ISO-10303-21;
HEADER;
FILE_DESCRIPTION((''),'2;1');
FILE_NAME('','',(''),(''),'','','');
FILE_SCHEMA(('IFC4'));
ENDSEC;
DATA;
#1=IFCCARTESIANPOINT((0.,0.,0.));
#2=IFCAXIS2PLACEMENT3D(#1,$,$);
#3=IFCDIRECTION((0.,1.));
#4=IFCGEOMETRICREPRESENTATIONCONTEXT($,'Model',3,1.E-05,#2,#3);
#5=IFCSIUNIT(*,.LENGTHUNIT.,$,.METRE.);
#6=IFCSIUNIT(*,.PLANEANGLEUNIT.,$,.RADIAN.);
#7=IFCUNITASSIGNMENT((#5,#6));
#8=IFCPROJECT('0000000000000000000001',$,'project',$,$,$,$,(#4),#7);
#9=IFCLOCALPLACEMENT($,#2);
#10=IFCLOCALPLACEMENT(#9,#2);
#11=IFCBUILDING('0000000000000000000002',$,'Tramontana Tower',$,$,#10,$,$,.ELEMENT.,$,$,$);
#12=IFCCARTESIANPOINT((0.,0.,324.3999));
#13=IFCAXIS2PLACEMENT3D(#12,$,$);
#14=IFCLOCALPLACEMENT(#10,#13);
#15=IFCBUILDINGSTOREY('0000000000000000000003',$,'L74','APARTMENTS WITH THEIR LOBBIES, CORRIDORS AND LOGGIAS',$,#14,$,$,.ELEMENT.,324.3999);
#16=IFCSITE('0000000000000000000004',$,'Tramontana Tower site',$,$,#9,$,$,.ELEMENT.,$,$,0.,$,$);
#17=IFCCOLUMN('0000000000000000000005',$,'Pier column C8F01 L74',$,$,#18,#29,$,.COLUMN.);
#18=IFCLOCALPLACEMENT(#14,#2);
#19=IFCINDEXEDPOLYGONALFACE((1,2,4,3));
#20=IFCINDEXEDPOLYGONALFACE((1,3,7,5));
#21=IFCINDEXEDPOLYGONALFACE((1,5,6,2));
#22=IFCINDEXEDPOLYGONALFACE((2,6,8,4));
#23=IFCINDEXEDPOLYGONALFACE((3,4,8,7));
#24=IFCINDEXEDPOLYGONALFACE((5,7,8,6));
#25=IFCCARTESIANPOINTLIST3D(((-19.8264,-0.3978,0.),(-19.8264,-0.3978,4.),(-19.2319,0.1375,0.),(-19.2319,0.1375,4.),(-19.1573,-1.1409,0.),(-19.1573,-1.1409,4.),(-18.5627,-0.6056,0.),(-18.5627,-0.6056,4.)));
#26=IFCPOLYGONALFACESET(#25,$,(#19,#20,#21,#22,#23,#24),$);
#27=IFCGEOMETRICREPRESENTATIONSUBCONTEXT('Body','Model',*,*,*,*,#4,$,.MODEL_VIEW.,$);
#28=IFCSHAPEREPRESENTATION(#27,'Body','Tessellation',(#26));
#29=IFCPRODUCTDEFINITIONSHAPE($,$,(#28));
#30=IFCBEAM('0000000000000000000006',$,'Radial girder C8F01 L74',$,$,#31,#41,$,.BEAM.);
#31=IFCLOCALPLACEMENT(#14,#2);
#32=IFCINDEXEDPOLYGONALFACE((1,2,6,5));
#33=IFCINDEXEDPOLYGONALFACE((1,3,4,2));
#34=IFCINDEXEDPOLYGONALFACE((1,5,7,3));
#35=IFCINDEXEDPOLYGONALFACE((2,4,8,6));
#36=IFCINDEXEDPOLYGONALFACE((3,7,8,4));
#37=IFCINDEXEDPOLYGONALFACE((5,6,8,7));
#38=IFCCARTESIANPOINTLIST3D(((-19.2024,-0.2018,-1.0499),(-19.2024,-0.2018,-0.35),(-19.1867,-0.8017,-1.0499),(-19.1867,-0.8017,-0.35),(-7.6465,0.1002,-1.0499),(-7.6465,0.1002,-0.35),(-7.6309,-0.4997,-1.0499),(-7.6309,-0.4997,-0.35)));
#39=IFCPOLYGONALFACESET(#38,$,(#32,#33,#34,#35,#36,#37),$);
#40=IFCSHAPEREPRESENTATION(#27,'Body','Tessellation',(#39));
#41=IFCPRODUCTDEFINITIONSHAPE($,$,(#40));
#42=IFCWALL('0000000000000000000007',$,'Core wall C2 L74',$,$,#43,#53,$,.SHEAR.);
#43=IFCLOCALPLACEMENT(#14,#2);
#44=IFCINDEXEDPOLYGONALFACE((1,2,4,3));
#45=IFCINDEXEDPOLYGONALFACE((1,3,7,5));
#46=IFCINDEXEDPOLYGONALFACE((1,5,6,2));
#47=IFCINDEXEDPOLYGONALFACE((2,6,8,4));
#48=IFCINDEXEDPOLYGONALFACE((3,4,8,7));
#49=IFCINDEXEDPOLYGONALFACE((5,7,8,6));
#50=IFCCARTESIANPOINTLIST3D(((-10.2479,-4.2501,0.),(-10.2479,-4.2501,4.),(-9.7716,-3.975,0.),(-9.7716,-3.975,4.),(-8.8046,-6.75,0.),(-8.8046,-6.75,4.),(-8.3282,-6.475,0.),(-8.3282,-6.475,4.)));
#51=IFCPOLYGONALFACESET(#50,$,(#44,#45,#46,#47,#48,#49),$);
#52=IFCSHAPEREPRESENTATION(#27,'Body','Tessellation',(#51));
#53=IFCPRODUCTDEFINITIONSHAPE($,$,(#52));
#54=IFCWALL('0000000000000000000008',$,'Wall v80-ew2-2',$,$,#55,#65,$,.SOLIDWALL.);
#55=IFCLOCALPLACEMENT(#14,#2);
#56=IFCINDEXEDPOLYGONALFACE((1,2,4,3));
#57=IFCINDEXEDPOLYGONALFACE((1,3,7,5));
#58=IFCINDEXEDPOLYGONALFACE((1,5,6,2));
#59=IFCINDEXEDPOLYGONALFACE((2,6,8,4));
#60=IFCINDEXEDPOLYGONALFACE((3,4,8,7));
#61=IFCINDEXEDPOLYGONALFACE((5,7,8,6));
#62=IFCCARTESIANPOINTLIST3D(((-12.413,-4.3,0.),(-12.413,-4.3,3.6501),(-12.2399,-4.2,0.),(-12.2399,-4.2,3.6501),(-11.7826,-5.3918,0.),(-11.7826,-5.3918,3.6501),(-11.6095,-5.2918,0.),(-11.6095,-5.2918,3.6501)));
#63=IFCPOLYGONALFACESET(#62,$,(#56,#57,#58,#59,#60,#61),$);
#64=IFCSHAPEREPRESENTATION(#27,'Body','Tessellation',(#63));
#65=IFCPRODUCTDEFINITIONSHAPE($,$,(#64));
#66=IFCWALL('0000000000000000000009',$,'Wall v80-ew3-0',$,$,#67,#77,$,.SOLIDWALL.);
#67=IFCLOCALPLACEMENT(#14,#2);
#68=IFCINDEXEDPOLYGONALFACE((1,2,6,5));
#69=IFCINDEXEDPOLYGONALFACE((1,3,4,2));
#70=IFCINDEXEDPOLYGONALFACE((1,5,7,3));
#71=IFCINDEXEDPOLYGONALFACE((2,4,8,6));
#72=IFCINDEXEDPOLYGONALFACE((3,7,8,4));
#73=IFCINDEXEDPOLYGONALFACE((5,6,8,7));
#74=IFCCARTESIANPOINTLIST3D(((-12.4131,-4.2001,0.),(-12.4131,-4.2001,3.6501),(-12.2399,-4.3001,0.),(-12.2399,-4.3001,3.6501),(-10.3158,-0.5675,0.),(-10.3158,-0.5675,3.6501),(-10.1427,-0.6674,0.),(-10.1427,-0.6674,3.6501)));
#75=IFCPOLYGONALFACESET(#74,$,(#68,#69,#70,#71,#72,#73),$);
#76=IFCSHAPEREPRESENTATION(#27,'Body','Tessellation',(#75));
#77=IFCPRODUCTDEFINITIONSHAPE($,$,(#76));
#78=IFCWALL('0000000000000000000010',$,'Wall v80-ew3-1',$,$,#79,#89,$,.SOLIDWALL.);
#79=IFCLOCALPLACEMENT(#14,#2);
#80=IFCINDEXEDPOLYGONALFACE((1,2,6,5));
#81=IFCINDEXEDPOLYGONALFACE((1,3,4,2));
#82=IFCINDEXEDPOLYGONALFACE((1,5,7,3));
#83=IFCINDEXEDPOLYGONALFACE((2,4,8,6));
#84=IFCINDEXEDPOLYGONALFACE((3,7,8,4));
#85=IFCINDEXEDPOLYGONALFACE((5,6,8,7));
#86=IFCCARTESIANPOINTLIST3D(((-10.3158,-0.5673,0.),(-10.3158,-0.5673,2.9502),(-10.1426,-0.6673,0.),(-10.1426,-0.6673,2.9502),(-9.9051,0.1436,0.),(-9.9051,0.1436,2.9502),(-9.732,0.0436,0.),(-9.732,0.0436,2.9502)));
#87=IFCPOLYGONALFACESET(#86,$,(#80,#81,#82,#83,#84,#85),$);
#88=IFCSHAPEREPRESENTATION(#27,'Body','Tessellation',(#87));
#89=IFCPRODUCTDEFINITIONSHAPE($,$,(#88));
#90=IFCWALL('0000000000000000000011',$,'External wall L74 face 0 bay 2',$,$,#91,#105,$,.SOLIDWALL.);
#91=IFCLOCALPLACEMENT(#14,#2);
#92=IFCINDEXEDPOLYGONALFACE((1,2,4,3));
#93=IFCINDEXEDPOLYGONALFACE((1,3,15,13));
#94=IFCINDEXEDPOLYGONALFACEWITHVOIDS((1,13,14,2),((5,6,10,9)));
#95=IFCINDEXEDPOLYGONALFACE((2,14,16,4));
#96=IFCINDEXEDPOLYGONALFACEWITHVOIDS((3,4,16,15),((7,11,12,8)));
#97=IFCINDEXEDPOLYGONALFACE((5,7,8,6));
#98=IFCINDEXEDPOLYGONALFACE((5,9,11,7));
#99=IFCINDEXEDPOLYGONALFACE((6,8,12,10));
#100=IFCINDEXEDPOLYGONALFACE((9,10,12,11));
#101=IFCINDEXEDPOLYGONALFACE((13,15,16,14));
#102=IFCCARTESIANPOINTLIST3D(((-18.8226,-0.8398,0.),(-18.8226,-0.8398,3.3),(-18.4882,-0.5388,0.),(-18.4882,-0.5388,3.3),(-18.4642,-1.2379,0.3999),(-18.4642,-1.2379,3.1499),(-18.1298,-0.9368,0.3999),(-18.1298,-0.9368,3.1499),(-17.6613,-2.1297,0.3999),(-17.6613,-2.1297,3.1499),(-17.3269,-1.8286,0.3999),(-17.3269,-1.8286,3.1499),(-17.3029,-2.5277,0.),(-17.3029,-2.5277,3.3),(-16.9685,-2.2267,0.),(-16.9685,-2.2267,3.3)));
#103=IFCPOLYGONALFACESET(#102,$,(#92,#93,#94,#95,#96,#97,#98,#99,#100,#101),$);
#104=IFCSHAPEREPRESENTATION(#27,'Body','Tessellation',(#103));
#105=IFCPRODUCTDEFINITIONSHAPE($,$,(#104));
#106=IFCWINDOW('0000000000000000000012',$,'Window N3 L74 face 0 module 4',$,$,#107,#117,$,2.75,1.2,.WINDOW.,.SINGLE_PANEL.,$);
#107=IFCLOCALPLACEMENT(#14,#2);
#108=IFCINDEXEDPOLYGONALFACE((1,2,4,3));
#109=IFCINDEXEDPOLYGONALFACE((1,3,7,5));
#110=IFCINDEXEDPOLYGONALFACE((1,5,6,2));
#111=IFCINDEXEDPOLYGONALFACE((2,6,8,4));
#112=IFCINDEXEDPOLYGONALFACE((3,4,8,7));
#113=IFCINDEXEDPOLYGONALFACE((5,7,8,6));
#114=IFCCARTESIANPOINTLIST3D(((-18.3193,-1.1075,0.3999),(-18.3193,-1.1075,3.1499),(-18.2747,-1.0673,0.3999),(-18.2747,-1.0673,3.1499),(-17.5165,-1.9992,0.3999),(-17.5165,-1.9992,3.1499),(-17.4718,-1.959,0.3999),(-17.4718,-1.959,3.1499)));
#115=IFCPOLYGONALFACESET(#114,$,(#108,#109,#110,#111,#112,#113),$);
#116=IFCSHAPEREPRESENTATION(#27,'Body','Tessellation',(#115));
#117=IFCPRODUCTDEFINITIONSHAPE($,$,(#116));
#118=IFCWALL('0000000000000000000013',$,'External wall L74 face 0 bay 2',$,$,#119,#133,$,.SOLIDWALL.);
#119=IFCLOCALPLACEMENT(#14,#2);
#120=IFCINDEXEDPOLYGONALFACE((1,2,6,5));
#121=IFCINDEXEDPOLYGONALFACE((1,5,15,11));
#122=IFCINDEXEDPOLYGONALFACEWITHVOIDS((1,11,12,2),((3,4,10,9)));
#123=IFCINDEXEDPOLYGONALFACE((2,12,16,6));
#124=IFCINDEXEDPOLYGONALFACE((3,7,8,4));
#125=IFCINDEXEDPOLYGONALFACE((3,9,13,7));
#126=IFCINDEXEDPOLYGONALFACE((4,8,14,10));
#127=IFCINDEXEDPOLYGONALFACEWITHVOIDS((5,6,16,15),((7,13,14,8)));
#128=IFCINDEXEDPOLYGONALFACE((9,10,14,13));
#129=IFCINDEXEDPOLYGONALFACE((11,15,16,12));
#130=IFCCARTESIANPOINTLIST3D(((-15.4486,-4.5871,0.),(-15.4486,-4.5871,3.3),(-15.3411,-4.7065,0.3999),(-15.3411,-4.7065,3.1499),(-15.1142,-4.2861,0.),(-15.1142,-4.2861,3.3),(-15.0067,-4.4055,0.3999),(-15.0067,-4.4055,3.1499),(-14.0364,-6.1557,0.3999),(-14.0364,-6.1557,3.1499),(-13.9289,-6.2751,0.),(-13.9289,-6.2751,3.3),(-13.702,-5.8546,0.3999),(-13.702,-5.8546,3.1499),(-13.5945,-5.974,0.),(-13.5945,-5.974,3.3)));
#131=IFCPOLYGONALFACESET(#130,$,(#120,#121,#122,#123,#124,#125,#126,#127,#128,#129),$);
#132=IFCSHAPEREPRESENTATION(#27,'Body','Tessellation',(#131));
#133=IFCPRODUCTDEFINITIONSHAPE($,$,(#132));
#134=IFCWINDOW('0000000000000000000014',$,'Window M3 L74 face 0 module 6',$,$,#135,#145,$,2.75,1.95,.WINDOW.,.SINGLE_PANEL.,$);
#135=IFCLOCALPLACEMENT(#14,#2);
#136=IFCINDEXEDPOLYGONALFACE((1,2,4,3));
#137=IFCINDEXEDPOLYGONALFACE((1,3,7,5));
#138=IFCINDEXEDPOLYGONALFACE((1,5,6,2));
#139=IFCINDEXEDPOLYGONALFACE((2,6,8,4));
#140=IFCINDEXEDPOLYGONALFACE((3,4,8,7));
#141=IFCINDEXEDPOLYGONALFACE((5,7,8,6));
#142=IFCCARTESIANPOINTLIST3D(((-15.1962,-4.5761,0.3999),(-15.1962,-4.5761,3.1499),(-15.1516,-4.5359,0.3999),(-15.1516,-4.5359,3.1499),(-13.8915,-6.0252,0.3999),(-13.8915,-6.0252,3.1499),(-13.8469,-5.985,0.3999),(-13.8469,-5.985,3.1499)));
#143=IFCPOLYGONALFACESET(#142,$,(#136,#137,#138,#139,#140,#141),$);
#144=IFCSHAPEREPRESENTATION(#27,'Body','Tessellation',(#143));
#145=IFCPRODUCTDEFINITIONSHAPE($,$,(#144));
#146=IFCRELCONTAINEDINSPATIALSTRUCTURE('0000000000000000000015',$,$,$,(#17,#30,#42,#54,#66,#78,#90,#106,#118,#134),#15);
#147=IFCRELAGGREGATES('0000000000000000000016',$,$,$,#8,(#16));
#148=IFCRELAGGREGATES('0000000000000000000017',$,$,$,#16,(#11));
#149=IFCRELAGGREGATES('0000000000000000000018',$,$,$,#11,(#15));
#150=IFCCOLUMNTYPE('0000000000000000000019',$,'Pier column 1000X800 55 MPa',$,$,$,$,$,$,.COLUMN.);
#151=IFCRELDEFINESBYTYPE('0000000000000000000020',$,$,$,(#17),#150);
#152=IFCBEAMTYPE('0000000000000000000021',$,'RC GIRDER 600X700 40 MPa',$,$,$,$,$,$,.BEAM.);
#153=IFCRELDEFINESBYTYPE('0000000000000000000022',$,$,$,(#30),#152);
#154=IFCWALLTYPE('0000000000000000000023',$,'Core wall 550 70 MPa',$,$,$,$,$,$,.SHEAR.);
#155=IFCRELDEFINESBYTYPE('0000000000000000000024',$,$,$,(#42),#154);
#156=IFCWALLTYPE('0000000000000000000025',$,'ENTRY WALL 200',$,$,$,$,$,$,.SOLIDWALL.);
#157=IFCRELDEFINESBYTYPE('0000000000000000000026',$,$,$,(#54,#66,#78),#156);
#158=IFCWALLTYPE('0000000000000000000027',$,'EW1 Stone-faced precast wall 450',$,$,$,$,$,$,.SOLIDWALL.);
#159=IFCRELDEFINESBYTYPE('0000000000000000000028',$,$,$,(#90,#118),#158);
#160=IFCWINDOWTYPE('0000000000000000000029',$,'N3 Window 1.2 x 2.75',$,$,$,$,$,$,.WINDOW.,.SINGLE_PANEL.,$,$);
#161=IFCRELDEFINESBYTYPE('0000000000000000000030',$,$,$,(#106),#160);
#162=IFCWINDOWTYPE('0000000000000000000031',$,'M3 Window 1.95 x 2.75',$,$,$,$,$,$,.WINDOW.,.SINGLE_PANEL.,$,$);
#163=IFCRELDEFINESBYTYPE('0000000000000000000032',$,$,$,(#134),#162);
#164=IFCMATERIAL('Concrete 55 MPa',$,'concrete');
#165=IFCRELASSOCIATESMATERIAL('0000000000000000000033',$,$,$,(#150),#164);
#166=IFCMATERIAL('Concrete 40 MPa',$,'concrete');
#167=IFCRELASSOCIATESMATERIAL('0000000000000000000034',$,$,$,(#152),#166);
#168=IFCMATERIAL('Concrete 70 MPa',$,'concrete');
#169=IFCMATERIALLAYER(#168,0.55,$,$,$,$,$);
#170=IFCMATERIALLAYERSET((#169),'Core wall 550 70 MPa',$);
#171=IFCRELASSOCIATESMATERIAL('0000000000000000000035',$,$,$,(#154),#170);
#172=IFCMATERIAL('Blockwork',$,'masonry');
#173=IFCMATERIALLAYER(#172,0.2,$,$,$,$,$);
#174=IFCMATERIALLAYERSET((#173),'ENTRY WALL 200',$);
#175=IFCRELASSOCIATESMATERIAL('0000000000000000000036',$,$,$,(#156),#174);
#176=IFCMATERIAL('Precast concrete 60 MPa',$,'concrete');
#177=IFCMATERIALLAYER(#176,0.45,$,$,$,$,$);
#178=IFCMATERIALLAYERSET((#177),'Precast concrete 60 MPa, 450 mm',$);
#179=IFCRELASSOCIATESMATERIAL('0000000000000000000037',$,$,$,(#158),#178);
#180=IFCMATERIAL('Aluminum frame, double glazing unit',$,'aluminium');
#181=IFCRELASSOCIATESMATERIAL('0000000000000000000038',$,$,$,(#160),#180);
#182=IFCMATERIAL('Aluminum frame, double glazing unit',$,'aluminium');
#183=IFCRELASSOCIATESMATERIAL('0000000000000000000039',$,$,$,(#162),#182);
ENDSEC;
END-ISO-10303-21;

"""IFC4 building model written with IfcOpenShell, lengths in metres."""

from ifc_helpers import new_model, si_unit, direction, frame, frame_2d, origin, origin_2d, place, context, subcontext, project, spatial, rectangle, extrude, material, layer, layer_set, material_profile, profile_set, type_object, element, fill, save


model = new_model("IFC4")

# Units and contexts
model_context = context("Model", 3, precision=1e-05, world=origin(), true_north=direction((0.0, 1.0)))
body_context = subcontext(model_context, "Body", "Model", "MODEL_VIEW")
ifc_project = project(units=[si_unit("LENGTHUNIT", "METRE"), si_unit("PLANEANGLEUNIT", "RADIAN")], contexts=[model_context])

# Site, building, storey
site_placement = place(None, origin())
site = spatial("IfcSite", under=ifc_project, at=site_placement, Name="Tramontana Tower site", CompositionType="ELEMENT", RefElevation=0.0)
building_placement = place(site_placement, origin())
building = spatial("IfcBuilding", under=site, at=building_placement, Name="Tramontana Tower", CompositionType="ELEMENT")
storey_placement = place(building_placement, frame((0.0, 0.0, 324.3999)))
storey = spatial("IfcBuildingStorey", under=building, at=storey_placement, Name="L74", Description="APARTMENTS WITH THEIR LOBBIES, CORRIDORS AND LOGGIAS", CompositionType="ELEMENT", Elevation=324.3999)

# Column
ifc_material_1 = material(Name="Concrete 55 MPa", Category="concrete")
ifc_material_profile_1 = material_profile(ifc_material_1, rectangle(XDim=1.0, YDim=0.8, at=origin_2d()), Name="Pier column 1000X800 55 MPa")
ifc_profile_set_1 = profile_set([ifc_material_profile_1], Name="Concrete 55 MPa")
column_type = type_object("IfcColumnType", Name="Pier column 1000X800 55 MPa", PredefinedType="COLUMN", material=ifc_profile_set_1)
column_placement = place(storey_placement, frame((-19.1946, -0.5017, 0.0), z_axis=(0.0, 0.0, 1.0), x_axis=(0.669131, -0.743145, 0.0)))
element("IfcColumn", 1, at=column_placement, inside=storey, type_object=column_type, Name="Pier column C8F01 L74", PredefinedType="COLUMN", context=body_context, shape_type="SweptSolid", body=[
    extrude(rectangle(XDim=1.0, YDim=0.8, at=origin_2d()), origin(), (0.0, 0.0, 1.0), 4.0),
])

# Beam
ifc_material_2 = material(Name="Concrete 40 MPa", Category="concrete")
ifc_material_profile_2 = material_profile(ifc_material_2, rectangle(XDim=0.6001, YDim=0.7, at=origin_2d()), Name="RC GIRDER 600X700 40 MPa")
ifc_profile_set_2 = profile_set([ifc_material_profile_2], Name="Concrete 40 MPa")
beam_type = type_object("IfcBeamType", Name="RC GIRDER 600X700 40 MPa", PredefinedType="BEAM", material=ifc_profile_set_2)
beam_placement = place(storey_placement, frame((-19.1946, -0.5017, -0.7), z_axis=(0.999659, 0.026125, 0.0), x_axis=(-0.026125, 0.999659, 0.0)))
element("IfcBeam", 2, at=beam_placement, inside=storey, type_object=beam_type, Name="Radial girder C8F01 L74", PredefinedType="BEAM", context=body_context, shape_type="SweptSolid", body=[
    extrude(rectangle(XDim=0.6001, YDim=0.7, at=origin_2d()), origin(), (0.0, 0.0, 1.0), 11.5598),
])

# Walls
ifc_material_3 = material(Name="Concrete 70 MPa", Category="concrete")
ifc_layer_1 = layer(ifc_material_3, 0.55)
ifc_layer_set_1 = layer_set([ifc_layer_1], Name="Core wall 550 70 MPa")
wall_type_1 = type_object("IfcWallType", Name="Core wall 550 70 MPa", PredefinedType="SHEAR", material=ifc_layer_set_1)
wall_1_placement = place(storey_placement, frame((-10.0098, -4.1125, 0.0), z_axis=(0.0, 0.0, 1.0), x_axis=(0.499996, -0.866028, 0.0)))
element("IfcWall", 3, at=wall_1_placement, inside=storey, type_object=wall_type_1, Name="Core wall C2 L74", PredefinedType="SHEAR", context=body_context, shape_type="SweptSolid", body=[
    extrude(rectangle(XDim=2.8867, YDim=0.55, at=frame_2d((1.4434, 0.0))), origin(), (0.0, 0.0, 1.0), 4.0),
])
ifc_material_4 = material(Name="Blockwork", Category="masonry")
ifc_layer_2 = layer(ifc_material_4, 0.2)
ifc_layer_set_2 = layer_set([ifc_layer_2], Name="ENTRY WALL 200")
wall_type_2 = type_object("IfcWallType", Name="ENTRY WALL 200", PredefinedType="SOLIDWALL", material=ifc_layer_set_2)
wall_2_placement = place(storey_placement, frame((-11.696, -5.3418, 0.0), z_axis=(0.0, 0.0, 1.0), x_axis=(-0.500013, 0.866018, 0.0)))
element("IfcWall", 4, at=wall_2_placement, inside=storey, type_object=wall_type_2, Name="Wall v80-ew2-2", PredefinedType="SOLIDWALL", context=body_context, shape_type="SweptSolid", body=[
    extrude(rectangle(XDim=1.2607, YDim=0.2, at=frame_2d((0.6304, 0.0))), origin(), (0.0, 0.0, 1.0), 3.6501),
])
wall_3_placement = place(storey_placement, frame((-12.3264, -4.25, 0.0), z_axis=(0.0, 0.0, 1.0), x_axis=(0.499983, 0.866035, 0.0)))
element("IfcWall", 5, at=wall_3_placement, inside=storey, type_object=wall_type_2, Name="Wall v80-ew3-0", PredefinedType="SOLIDWALL", context=body_context, shape_type="SweptSolid", body=[
    extrude(rectangle(XDim=4.1946, YDim=0.2, at=frame_2d((2.0972, 0.0))), origin(), (0.0, 0.0, 1.0), 3.6501),
])
wall_4_placement = place(storey_placement, frame((-10.2292, -0.6174, 0.0), z_axis=(0.0, 0.0, 1.0), x_axis=(0.500169, 0.865928, 0.0)))
element("IfcWall", 6, at=wall_4_placement, inside=storey, type_object=wall_type_2, Name="Wall v80-ew3-1", PredefinedType="SOLIDWALL", context=body_context, shape_type="SweptSolid", body=[
    extrude(rectangle(XDim=0.821, YDim=0.2, at=frame_2d((0.4106, 0.0))), origin(), (0.0, 0.0, 1.0), 2.9502),
])

# Walls, openings, windows
ifc_material_5 = material(Name="Precast concrete 60 MPa", Category="concrete")
ifc_layer_3 = layer(ifc_material_5, 0.45)
ifc_layer_set_3 = layer_set([ifc_layer_3], Name="Precast concrete 60 MPa, 450 mm")
wall_type_3 = type_object("IfcWallType", Name="EW1 Stone-faced precast wall 450", PredefinedType="SOLIDWALL", material=ifc_layer_set_3)
wall_5_placement = place(storey_placement, frame((-18.6555, -0.6892, 0.0), z_axis=(0.0, 0.0, 1.0), x_axis=(0.669107, -0.743166, 0.0)))
wall_5 = element("IfcWall", 7, at=wall_5_placement, inside=storey, type_object=wall_type_3, Name="External wall L74 face 0 bay 2", PredefinedType="SOLIDWALL", context=body_context, shape_type="SweptSolid", body=[
    extrude(rectangle(XDim=2.2712, YDim=0.45, at=frame_2d((1.1357, 0.0))), origin(), (0.0, 0.0, 1.0), 3.3),
])
opening_1_placement = place(wall_5_placement, frame((0.5356, 0.0, 0.3999)))
opening_1 = element("IfcOpeningElement", 8, at=opening_1_placement, cuts=wall_5, PredefinedType="OPENING", context=body_context, shape_type="SweptSolid", body=[
    extrude(rectangle(XDim=1.2, YDim=2.75, at=frame_2d((0.6001, 1.375))), frame((0.0, 0.2349, 0.0), z_axis=(0.0, -1.0, 0.0), x_axis=(1.0, 0.0, 0.0)), (0.0, 0.0, 1.0), 0.47),
])
ifc_material_6 = material(Name="Aluminum frame, double glazing unit", Category="aluminium")
window_type_1 = type_object("IfcWindowType", Name="N3 Window 1.2 x 2.75", PartitioningType="SINGLE_PANEL", PredefinedType="WINDOW", material=ifc_material_6)
window_1_placement = place(opening_1_placement, origin())
window_1 = element("IfcWindow", 9, at=window_1_placement, inside=storey, type_object=window_type_1, Name="Window N3 L74 face 0 module 4", OverallHeight=2.75, OverallWidth=1.2, PartitioningType="SINGLE_PANEL", PredefinedType="WINDOW", context=body_context, shape_type="SweptSolid", body=[
    extrude(rectangle(XDim=1.2, YDim=2.75, at=frame_2d((0.6001, 1.375))), frame((0.0, 0.03, 0.0), z_axis=(0.0, -1.0, 0.0), x_axis=(1.0, 0.0, 0.0)), (0.0, 0.0, 1.0), 0.0601),
])
fill(opening_1, window_1)
wall_6_placement = place(storey_placement, frame((-15.2815, -4.4365, 0.0), z_axis=(0.0, 0.0, 1.0), x_axis=(0.669107, -0.743166, 0.0)))
wall_6 = element("IfcWall", 10, at=wall_6_placement, inside=storey, type_object=wall_type_3, Name="External wall L74 face 0 bay 2", PredefinedType="SOLIDWALL", context=body_context, shape_type="SweptSolid", body=[
    extrude(rectangle(XDim=2.2712, YDim=0.45, at=frame_2d((1.1357, 0.0))), origin(), (0.0, 0.0, 1.0), 3.3),
])
opening_2_placement = place(wall_6_placement, frame((0.1606, 0.0, 0.3999)))
opening_2 = element("IfcOpeningElement", 11, at=opening_2_placement, cuts=wall_6, PredefinedType="OPENING", context=body_context, shape_type="SweptSolid", body=[
    extrude(rectangle(XDim=1.95, YDim=2.75, at=frame_2d((0.9751, 1.375))), frame((0.0, 0.2349, 0.0), z_axis=(0.0, -1.0, 0.0), x_axis=(1.0, 0.0, 0.0)), (0.0, 0.0, 1.0), 0.47),
])
ifc_material_7 = material(Name="Aluminum frame, double glazing unit", Category="aluminium")
window_type_2 = type_object("IfcWindowType", Name="M3 Window 1.95 x 2.75", PartitioningType="SINGLE_PANEL", PredefinedType="WINDOW", material=ifc_material_7)
window_2_placement = place(opening_2_placement, origin())
window_2 = element("IfcWindow", 12, at=window_2_placement, inside=storey, type_object=window_type_2, Name="Window M3 L74 face 0 module 6", OverallHeight=2.75, OverallWidth=1.95, PartitioningType="SINGLE_PANEL", PredefinedType="WINDOW", context=body_context, shape_type="SweptSolid", body=[
    extrude(rectangle(XDim=1.95, YDim=2.75, at=frame_2d((0.9751, 1.375))), frame((0.0, 0.03, 0.0), z_axis=(0.0, -1.0, 0.0), x_axis=(1.0, 0.0, 0.0)), (0.0, 0.0, 1.0), 0.0601),
])
fill(opening_2, window_2)

save(model, "model.ifc")
